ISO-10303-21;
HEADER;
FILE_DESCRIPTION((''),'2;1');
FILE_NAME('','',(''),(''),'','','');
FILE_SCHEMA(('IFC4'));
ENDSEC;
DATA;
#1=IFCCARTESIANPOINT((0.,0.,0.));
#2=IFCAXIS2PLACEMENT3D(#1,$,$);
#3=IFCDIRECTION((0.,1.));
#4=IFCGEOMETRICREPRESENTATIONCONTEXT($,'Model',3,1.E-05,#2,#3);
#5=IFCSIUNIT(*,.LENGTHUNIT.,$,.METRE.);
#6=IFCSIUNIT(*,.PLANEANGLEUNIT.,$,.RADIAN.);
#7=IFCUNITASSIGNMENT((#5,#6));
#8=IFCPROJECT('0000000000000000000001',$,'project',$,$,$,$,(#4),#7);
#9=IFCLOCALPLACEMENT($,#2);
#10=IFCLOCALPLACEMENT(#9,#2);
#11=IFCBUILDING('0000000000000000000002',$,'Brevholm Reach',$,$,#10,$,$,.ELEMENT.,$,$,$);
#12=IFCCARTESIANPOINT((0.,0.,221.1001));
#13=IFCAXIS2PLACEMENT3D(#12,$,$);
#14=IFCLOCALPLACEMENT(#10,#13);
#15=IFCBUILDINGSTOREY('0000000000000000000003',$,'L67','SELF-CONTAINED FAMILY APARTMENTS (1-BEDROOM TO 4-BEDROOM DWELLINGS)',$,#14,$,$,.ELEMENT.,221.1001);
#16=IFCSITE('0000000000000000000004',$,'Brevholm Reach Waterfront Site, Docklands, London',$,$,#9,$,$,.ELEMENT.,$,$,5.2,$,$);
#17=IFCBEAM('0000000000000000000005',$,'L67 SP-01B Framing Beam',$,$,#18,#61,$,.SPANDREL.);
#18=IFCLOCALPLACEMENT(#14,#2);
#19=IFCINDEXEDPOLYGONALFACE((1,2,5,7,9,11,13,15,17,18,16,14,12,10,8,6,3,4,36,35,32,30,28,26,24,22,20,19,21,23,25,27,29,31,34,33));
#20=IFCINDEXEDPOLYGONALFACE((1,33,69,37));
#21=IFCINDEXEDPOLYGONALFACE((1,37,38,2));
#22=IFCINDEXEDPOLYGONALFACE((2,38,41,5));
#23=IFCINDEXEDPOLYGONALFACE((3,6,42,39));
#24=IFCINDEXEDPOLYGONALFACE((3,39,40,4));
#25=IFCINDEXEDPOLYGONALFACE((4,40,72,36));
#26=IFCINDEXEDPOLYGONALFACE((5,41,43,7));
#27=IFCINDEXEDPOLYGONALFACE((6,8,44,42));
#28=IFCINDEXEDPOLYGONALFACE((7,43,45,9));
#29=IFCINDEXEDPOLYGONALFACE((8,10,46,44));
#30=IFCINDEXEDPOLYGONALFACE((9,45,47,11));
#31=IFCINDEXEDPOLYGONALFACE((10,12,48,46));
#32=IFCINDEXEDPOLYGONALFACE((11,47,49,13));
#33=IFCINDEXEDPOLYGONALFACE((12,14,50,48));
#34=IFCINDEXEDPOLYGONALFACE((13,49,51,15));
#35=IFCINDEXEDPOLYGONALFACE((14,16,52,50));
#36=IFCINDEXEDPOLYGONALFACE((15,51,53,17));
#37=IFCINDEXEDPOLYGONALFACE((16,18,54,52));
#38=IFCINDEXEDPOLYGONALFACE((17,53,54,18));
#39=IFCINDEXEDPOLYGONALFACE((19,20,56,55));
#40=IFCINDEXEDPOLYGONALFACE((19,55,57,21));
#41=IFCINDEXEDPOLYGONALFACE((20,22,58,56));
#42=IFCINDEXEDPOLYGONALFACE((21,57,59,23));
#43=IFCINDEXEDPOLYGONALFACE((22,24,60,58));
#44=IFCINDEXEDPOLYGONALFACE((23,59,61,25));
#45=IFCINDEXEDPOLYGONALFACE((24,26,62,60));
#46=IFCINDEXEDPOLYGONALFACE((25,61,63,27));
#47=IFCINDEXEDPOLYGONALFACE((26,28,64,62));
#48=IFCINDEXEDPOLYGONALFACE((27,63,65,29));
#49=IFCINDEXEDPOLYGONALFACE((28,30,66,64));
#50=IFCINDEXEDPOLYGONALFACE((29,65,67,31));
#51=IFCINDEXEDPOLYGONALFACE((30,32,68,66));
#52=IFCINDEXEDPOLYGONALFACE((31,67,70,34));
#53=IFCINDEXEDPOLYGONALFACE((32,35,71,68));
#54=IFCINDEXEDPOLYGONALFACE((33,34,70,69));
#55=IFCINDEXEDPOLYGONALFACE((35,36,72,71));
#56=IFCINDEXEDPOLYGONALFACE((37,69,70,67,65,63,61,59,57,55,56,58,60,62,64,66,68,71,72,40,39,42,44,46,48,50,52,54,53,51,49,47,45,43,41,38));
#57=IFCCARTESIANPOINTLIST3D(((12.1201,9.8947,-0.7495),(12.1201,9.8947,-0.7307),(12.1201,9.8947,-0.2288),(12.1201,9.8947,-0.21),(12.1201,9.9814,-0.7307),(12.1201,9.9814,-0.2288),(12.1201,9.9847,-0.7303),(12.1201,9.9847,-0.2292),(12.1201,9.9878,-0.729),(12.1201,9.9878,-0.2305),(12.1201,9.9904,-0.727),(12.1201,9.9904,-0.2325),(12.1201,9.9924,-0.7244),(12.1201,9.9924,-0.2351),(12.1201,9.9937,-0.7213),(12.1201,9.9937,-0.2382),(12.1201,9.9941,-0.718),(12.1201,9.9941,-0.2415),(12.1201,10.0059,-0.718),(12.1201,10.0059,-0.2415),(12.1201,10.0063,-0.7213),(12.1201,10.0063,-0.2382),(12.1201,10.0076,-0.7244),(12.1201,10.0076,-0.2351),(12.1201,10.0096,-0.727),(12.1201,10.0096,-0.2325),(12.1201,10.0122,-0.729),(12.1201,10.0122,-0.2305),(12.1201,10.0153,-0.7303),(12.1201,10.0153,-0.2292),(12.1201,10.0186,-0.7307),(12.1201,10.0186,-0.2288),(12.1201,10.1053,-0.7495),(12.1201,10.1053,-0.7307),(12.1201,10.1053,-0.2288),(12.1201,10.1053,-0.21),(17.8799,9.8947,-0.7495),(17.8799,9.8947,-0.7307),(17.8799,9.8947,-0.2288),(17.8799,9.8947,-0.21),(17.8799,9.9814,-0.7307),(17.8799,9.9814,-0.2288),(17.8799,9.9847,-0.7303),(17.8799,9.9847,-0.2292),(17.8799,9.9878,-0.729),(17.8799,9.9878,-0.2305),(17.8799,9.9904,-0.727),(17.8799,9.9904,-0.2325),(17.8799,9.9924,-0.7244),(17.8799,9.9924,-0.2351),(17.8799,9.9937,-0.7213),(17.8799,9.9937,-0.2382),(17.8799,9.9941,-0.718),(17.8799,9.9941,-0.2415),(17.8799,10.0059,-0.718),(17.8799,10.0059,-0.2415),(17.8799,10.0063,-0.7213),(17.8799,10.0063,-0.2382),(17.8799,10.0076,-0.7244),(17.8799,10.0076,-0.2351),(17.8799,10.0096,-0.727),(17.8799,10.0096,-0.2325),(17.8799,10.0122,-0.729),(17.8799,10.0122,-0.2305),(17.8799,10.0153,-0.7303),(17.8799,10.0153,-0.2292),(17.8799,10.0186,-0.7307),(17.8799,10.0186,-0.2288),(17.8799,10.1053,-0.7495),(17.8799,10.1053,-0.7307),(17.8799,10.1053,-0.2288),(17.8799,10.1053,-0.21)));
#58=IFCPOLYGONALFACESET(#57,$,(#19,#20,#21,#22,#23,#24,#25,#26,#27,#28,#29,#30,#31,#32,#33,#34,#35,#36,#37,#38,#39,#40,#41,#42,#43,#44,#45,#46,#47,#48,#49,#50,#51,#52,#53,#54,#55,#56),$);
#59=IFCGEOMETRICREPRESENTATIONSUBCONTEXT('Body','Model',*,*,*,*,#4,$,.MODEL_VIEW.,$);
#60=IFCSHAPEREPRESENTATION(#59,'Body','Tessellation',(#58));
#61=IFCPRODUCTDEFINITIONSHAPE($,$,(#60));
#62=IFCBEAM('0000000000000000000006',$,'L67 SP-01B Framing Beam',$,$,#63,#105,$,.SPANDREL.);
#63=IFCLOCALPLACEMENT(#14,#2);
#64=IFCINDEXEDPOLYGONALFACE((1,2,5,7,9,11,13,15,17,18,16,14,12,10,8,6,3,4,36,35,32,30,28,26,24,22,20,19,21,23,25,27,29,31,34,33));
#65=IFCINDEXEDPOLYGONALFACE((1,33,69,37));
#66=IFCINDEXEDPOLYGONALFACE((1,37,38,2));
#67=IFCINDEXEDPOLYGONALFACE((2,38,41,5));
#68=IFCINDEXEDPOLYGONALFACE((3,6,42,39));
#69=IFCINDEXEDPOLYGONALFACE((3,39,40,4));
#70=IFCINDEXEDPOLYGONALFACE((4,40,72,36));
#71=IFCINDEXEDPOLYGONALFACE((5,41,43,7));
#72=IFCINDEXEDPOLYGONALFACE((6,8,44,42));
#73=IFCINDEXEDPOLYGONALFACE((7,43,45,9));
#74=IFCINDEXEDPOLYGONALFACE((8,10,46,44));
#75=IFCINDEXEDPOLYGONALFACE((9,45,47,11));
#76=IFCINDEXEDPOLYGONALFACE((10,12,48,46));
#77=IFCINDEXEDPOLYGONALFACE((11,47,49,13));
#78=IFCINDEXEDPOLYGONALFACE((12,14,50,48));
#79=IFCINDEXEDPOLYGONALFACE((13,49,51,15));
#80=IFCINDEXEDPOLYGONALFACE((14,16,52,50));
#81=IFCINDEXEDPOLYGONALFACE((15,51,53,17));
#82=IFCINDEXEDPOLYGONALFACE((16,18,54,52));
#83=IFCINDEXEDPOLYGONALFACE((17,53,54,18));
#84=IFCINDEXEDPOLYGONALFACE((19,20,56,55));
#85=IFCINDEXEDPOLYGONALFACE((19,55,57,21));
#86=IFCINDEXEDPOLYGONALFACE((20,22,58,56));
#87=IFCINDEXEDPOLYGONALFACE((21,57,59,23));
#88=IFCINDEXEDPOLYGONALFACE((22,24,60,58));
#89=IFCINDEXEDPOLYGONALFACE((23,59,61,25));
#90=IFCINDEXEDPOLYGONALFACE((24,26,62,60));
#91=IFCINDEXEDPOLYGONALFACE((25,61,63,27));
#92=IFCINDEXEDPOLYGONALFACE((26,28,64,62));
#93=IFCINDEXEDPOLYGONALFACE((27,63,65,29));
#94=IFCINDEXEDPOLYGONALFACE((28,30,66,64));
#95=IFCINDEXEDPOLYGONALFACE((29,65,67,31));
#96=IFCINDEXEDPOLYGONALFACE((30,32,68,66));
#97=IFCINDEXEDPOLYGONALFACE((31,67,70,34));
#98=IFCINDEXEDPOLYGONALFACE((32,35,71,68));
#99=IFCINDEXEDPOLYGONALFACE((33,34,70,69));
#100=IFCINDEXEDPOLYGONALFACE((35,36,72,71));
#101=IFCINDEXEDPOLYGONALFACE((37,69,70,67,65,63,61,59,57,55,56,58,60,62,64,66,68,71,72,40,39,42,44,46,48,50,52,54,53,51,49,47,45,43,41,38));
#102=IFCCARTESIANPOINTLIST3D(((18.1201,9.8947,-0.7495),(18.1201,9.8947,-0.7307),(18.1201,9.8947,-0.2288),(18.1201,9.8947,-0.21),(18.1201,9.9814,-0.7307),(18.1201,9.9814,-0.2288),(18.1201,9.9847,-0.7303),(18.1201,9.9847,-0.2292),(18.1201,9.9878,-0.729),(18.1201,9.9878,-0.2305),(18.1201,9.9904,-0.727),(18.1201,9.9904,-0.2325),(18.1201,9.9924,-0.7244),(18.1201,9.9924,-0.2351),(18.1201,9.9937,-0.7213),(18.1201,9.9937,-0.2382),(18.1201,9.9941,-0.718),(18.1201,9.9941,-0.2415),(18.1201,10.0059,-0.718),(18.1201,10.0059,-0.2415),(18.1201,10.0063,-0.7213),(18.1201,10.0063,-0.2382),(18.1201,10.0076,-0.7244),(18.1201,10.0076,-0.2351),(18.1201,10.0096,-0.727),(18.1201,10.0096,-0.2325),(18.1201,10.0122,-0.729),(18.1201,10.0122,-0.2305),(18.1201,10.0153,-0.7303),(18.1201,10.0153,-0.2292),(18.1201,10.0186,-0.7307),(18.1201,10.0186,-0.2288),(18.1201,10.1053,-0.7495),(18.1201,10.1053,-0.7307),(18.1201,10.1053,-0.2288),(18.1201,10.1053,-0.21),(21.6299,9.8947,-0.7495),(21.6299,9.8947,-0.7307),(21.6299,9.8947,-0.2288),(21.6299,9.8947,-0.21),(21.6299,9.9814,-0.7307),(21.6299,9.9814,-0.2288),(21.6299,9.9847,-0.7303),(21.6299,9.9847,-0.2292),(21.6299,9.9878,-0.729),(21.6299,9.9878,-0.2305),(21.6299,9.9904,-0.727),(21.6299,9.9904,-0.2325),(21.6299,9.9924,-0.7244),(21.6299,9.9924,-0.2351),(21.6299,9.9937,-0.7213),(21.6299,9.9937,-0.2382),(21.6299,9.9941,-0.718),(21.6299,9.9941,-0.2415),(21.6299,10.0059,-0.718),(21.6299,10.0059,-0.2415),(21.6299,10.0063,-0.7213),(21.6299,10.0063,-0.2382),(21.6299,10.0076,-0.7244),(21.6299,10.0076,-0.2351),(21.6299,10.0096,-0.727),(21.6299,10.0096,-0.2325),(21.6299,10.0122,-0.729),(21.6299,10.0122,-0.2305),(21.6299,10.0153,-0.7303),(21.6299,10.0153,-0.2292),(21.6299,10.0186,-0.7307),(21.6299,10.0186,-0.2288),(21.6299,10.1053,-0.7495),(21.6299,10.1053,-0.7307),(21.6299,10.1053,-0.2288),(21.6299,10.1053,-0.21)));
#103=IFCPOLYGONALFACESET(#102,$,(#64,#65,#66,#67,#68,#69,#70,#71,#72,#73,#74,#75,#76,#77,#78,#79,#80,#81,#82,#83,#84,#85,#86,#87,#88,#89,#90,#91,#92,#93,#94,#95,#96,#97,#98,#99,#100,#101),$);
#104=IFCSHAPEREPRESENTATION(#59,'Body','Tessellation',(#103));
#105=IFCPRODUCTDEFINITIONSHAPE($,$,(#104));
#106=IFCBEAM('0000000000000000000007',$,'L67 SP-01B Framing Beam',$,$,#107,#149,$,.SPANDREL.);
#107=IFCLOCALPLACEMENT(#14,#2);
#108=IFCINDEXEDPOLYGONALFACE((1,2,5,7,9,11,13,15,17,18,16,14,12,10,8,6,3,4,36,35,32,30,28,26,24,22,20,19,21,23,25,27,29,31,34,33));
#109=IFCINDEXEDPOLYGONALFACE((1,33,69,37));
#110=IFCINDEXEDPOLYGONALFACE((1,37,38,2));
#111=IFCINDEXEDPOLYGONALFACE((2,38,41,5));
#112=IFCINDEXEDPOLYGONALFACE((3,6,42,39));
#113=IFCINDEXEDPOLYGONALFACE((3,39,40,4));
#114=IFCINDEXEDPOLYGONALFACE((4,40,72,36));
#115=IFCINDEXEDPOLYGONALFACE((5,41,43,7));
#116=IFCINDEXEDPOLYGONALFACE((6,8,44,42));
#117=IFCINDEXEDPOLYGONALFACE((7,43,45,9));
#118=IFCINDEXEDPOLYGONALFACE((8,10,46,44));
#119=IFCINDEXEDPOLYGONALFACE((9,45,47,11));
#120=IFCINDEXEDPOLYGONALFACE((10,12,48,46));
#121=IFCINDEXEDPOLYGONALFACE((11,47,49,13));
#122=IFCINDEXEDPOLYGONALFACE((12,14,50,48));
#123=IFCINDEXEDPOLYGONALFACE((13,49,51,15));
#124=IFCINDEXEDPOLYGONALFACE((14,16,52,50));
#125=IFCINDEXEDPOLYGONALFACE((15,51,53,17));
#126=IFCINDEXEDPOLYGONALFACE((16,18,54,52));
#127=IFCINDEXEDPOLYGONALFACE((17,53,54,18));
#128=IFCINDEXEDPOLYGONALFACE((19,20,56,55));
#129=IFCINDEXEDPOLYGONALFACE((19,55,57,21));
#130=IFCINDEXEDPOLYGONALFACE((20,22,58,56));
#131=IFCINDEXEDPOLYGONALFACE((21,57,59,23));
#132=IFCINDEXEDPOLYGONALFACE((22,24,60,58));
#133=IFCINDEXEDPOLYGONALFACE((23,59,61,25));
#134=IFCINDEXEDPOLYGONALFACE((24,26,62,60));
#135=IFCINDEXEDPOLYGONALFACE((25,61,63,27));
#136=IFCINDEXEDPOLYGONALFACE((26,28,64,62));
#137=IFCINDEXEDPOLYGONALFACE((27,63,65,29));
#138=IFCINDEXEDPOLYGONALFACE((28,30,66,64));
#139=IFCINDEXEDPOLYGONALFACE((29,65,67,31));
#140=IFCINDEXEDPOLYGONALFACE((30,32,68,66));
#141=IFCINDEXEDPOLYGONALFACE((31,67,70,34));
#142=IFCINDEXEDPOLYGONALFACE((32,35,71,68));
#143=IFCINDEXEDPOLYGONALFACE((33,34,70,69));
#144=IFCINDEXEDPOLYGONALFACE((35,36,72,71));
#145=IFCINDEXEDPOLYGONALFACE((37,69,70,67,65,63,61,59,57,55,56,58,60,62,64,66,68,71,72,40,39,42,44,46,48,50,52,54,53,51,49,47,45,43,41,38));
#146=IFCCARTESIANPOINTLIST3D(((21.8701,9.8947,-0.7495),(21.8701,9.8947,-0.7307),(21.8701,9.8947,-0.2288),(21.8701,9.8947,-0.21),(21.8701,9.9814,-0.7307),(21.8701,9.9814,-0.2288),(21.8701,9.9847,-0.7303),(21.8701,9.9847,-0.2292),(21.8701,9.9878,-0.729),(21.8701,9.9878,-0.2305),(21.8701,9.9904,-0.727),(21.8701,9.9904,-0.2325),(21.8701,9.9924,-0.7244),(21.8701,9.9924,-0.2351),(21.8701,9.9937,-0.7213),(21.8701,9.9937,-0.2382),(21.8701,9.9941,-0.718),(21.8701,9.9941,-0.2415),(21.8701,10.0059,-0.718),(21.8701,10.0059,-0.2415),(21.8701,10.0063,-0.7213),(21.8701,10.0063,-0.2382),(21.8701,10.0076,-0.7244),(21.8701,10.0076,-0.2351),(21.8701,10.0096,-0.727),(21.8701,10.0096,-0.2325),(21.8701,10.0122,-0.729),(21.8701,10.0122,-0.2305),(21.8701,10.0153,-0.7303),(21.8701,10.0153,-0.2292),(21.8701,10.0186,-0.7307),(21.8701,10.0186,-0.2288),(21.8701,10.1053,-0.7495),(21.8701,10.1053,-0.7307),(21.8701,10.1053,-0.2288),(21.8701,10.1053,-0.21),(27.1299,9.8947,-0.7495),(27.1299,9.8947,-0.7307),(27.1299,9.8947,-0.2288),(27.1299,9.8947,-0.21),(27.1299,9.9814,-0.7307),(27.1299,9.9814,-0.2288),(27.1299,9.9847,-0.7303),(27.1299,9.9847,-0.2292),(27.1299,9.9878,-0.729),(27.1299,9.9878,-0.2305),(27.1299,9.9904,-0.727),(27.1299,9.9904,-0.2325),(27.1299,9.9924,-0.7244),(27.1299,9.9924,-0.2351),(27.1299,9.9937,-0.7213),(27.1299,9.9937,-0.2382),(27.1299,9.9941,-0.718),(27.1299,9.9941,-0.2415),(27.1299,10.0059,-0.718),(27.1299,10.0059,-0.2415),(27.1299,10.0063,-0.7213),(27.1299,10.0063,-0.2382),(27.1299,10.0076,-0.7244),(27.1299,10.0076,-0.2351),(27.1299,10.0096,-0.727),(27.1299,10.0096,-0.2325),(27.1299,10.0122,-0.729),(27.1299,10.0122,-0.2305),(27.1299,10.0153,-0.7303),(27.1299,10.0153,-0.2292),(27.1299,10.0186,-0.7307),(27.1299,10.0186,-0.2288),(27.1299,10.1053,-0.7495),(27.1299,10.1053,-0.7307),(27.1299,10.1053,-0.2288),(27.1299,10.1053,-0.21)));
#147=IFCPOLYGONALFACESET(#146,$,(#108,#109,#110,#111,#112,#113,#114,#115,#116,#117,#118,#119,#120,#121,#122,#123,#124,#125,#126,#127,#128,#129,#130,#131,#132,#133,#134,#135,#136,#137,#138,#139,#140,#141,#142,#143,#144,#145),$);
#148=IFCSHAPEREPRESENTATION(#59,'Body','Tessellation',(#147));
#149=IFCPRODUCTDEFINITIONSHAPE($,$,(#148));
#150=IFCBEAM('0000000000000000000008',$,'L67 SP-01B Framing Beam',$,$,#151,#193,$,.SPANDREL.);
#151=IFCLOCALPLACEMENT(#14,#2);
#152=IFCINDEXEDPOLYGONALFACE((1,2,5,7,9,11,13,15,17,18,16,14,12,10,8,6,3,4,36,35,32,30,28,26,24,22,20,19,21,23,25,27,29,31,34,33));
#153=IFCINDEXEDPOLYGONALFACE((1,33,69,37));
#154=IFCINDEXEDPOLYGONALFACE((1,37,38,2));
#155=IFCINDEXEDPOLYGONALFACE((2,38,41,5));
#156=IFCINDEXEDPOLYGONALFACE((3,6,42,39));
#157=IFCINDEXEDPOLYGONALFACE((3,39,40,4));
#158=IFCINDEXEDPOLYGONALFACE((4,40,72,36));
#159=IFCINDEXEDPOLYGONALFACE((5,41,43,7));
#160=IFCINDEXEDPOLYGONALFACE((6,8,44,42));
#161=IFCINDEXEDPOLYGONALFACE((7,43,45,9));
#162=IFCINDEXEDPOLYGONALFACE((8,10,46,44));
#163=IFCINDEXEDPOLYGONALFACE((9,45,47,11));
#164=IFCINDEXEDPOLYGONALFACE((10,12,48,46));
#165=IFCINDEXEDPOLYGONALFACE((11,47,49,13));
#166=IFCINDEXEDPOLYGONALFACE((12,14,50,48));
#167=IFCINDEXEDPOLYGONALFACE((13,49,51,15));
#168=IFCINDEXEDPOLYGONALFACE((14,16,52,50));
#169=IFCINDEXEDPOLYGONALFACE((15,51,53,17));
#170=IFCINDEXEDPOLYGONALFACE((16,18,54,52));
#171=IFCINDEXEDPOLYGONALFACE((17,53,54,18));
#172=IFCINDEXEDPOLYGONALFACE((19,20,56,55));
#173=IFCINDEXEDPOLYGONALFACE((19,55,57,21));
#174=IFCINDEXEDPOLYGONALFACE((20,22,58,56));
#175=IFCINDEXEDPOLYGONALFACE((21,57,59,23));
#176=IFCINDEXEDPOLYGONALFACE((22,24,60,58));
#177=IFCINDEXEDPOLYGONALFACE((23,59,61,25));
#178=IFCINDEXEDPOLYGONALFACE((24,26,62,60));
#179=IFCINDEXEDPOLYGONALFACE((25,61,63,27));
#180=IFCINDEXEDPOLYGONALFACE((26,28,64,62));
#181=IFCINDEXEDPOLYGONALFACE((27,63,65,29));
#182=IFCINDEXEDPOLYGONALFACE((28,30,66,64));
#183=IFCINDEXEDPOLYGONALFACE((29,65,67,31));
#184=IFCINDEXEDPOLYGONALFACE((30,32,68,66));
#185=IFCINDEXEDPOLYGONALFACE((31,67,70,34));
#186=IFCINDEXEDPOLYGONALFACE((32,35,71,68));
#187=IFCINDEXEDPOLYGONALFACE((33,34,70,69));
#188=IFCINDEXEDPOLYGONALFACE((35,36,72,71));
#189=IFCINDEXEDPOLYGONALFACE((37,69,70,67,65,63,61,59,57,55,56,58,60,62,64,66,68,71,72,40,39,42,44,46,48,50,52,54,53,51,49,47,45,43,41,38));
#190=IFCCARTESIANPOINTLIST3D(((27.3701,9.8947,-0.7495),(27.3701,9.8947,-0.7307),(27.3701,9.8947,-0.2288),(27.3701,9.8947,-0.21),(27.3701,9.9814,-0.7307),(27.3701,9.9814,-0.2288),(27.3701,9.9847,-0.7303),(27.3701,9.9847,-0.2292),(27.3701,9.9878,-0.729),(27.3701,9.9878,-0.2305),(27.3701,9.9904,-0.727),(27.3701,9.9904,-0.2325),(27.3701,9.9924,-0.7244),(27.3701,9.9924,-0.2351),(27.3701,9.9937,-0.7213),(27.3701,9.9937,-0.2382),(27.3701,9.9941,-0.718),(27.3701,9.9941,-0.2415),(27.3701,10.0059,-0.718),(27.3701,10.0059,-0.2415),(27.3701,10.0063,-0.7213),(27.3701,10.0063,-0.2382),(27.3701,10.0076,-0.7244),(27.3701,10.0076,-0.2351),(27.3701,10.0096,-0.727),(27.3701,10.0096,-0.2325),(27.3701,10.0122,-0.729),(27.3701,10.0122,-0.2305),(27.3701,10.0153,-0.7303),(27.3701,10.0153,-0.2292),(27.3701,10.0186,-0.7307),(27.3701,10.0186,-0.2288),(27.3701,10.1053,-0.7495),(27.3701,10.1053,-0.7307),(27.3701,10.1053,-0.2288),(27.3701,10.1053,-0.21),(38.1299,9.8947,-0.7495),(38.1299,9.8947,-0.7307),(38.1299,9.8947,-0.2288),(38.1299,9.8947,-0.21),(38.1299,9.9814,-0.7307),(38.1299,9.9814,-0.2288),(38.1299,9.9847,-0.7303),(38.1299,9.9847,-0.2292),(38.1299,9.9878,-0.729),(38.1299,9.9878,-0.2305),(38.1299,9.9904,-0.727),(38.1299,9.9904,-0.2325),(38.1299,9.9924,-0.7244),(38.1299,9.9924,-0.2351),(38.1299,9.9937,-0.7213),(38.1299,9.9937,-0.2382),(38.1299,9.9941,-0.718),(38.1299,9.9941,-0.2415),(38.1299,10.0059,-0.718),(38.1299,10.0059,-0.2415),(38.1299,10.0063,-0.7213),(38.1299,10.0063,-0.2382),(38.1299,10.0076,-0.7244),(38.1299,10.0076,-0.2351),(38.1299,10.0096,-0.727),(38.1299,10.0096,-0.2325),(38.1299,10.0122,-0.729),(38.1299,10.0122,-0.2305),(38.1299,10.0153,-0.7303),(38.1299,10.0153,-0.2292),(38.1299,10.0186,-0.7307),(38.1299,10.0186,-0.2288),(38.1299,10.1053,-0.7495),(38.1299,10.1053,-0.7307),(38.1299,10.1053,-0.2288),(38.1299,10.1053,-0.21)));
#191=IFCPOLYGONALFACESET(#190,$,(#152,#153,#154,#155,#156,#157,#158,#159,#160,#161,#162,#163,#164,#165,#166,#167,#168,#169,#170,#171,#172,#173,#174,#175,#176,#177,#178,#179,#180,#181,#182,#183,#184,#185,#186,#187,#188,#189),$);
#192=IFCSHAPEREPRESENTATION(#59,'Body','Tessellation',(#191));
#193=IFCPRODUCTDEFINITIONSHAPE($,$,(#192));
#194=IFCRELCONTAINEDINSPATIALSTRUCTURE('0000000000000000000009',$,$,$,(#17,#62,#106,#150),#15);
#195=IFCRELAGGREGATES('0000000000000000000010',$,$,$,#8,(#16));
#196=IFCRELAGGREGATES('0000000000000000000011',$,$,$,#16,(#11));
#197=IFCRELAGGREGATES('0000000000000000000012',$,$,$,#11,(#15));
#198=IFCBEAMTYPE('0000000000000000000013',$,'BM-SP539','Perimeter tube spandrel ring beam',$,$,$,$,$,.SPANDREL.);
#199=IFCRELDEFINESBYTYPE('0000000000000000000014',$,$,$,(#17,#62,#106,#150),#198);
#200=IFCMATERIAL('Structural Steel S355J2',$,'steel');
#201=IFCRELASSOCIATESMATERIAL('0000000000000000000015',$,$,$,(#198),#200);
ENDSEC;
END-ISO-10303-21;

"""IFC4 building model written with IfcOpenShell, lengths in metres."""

from ifc_helpers import new_model, si_unit, direction, frame, origin, origin_2d, place, context, subcontext, project, spatial, i_section, extrude, material, material_profile, profile_set, type_object, element, save


model = new_model("IFC4")

# Units and contexts
model_context = context("Model", 3, precision=1e-05, world=origin(), true_north=direction((0.0, 1.0)))
body_context = subcontext(model_context, "Body", "Model", "MODEL_VIEW")
ifc_project = project(units=[si_unit("LENGTHUNIT", "METRE"), si_unit("PLANEANGLEUNIT", "RADIAN")], contexts=[model_context])

# Site, building, storey
site_placement = place(None, origin())
site = spatial("IfcSite", under=ifc_project, at=site_placement, Name="Brevholm Reach Waterfront Site, Docklands, London", CompositionType="ELEMENT", RefElevation=5.2)
building_placement = place(site_placement, origin())
building = spatial("IfcBuilding", under=site, at=building_placement, Name="Brevholm Reach", CompositionType="ELEMENT")
storey_placement = place(building_placement, frame((0.0, 0.0, 221.1001)))
storey = spatial("IfcBuildingStorey", under=building, at=storey_placement, Name="L67", Description="SELF-CONTAINED FAMILY APARTMENTS (1-BEDROOM TO 4-BEDROOM DWELLINGS)", CompositionType="ELEMENT", Elevation=221.1001)

# Beams
ifc_material_1 = material(Name="Structural Steel S355J2", Category="steel")
ifc_material_profile_1 = material_profile(ifc_material_1, i_section(OverallWidth=0.2107, OverallDepth=0.5396, WebThickness=0.0117, FlangeThickness=0.0188, FilletRadius=0.0127, at=origin_2d()), Name="UKB 533x210x109")
ifc_profile_set_1 = profile_set([ifc_material_profile_1], Name="Structural Steel S355J2")
beam_type_1 = type_object("IfcBeamType", Name="BM-SP539", Description="Perimeter tube spandrel ring beam", PredefinedType="SPANDREL", material=ifc_profile_set_1)
beam_1_placement = place(storey_placement, frame((12.1201, 10.0, -0.4797), z_axis=(1.0, 0.0, 0.0), x_axis=(0.0, 1.0, 0.0)))
element("IfcBeam", 1, at=beam_1_placement, inside=storey, type_object=beam_type_1, Name="L67 SP-01B Framing Beam", PredefinedType="SPANDREL", context=body_context, shape_type="SweptSolid", body=[
    extrude(i_section(OverallWidth=0.2107, OverallDepth=0.5396, WebThickness=0.0117, FlangeThickness=0.0188, FilletRadius=0.0127, at=origin_2d()), origin(), (0.0, 0.0, 1.0), 5.7598),
])
beam_2_placement = place(storey_placement, frame((18.1201, 10.0, -0.4797), z_axis=(1.0, 0.0, 0.0), x_axis=(0.0, 1.0, 0.0)))
element("IfcBeam", 2, at=beam_2_placement, inside=storey, type_object=beam_type_1, Name="L67 SP-01B Framing Beam", PredefinedType="SPANDREL", context=body_context, shape_type="SweptSolid", body=[
    extrude(i_section(OverallWidth=0.2107, OverallDepth=0.5396, WebThickness=0.0117, FlangeThickness=0.0188, FilletRadius=0.0127, at=origin_2d()), origin(), (0.0, 0.0, 1.0), 3.5098),
])
beam_3_placement = place(storey_placement, frame((21.8701, 10.0, -0.4797), z_axis=(1.0, 0.0, 0.0), x_axis=(0.0, 1.0, 0.0)))
element("IfcBeam", 3, at=beam_3_placement, inside=storey, type_object=beam_type_1, Name="L67 SP-01B Framing Beam", PredefinedType="SPANDREL", context=body_context, shape_type="SweptSolid", body=[
    extrude(i_section(OverallWidth=0.2107, OverallDepth=0.5396, WebThickness=0.0117, FlangeThickness=0.0188, FilletRadius=0.0127, at=origin_2d()), origin(), (0.0, 0.0, 1.0), 5.2598),
])
beam_4_placement = place(storey_placement, frame((27.3701, 10.0, -0.4797), z_axis=(1.0, 0.0, 0.0), x_axis=(0.0, 1.0, 0.0)))
element("IfcBeam", 4, at=beam_4_placement, inside=storey, type_object=beam_type_1, Name="L67 SP-01B Framing Beam", PredefinedType="SPANDREL", context=body_context, shape_type="SweptSolid", body=[
    extrude(i_section(OverallWidth=0.2107, OverallDepth=0.5396, WebThickness=0.0117, FlangeThickness=0.0188, FilletRadius=0.0127, at=origin_2d()), origin(), (0.0, 0.0, 1.0), 10.7598),
])

save(model, "model.ifc")
